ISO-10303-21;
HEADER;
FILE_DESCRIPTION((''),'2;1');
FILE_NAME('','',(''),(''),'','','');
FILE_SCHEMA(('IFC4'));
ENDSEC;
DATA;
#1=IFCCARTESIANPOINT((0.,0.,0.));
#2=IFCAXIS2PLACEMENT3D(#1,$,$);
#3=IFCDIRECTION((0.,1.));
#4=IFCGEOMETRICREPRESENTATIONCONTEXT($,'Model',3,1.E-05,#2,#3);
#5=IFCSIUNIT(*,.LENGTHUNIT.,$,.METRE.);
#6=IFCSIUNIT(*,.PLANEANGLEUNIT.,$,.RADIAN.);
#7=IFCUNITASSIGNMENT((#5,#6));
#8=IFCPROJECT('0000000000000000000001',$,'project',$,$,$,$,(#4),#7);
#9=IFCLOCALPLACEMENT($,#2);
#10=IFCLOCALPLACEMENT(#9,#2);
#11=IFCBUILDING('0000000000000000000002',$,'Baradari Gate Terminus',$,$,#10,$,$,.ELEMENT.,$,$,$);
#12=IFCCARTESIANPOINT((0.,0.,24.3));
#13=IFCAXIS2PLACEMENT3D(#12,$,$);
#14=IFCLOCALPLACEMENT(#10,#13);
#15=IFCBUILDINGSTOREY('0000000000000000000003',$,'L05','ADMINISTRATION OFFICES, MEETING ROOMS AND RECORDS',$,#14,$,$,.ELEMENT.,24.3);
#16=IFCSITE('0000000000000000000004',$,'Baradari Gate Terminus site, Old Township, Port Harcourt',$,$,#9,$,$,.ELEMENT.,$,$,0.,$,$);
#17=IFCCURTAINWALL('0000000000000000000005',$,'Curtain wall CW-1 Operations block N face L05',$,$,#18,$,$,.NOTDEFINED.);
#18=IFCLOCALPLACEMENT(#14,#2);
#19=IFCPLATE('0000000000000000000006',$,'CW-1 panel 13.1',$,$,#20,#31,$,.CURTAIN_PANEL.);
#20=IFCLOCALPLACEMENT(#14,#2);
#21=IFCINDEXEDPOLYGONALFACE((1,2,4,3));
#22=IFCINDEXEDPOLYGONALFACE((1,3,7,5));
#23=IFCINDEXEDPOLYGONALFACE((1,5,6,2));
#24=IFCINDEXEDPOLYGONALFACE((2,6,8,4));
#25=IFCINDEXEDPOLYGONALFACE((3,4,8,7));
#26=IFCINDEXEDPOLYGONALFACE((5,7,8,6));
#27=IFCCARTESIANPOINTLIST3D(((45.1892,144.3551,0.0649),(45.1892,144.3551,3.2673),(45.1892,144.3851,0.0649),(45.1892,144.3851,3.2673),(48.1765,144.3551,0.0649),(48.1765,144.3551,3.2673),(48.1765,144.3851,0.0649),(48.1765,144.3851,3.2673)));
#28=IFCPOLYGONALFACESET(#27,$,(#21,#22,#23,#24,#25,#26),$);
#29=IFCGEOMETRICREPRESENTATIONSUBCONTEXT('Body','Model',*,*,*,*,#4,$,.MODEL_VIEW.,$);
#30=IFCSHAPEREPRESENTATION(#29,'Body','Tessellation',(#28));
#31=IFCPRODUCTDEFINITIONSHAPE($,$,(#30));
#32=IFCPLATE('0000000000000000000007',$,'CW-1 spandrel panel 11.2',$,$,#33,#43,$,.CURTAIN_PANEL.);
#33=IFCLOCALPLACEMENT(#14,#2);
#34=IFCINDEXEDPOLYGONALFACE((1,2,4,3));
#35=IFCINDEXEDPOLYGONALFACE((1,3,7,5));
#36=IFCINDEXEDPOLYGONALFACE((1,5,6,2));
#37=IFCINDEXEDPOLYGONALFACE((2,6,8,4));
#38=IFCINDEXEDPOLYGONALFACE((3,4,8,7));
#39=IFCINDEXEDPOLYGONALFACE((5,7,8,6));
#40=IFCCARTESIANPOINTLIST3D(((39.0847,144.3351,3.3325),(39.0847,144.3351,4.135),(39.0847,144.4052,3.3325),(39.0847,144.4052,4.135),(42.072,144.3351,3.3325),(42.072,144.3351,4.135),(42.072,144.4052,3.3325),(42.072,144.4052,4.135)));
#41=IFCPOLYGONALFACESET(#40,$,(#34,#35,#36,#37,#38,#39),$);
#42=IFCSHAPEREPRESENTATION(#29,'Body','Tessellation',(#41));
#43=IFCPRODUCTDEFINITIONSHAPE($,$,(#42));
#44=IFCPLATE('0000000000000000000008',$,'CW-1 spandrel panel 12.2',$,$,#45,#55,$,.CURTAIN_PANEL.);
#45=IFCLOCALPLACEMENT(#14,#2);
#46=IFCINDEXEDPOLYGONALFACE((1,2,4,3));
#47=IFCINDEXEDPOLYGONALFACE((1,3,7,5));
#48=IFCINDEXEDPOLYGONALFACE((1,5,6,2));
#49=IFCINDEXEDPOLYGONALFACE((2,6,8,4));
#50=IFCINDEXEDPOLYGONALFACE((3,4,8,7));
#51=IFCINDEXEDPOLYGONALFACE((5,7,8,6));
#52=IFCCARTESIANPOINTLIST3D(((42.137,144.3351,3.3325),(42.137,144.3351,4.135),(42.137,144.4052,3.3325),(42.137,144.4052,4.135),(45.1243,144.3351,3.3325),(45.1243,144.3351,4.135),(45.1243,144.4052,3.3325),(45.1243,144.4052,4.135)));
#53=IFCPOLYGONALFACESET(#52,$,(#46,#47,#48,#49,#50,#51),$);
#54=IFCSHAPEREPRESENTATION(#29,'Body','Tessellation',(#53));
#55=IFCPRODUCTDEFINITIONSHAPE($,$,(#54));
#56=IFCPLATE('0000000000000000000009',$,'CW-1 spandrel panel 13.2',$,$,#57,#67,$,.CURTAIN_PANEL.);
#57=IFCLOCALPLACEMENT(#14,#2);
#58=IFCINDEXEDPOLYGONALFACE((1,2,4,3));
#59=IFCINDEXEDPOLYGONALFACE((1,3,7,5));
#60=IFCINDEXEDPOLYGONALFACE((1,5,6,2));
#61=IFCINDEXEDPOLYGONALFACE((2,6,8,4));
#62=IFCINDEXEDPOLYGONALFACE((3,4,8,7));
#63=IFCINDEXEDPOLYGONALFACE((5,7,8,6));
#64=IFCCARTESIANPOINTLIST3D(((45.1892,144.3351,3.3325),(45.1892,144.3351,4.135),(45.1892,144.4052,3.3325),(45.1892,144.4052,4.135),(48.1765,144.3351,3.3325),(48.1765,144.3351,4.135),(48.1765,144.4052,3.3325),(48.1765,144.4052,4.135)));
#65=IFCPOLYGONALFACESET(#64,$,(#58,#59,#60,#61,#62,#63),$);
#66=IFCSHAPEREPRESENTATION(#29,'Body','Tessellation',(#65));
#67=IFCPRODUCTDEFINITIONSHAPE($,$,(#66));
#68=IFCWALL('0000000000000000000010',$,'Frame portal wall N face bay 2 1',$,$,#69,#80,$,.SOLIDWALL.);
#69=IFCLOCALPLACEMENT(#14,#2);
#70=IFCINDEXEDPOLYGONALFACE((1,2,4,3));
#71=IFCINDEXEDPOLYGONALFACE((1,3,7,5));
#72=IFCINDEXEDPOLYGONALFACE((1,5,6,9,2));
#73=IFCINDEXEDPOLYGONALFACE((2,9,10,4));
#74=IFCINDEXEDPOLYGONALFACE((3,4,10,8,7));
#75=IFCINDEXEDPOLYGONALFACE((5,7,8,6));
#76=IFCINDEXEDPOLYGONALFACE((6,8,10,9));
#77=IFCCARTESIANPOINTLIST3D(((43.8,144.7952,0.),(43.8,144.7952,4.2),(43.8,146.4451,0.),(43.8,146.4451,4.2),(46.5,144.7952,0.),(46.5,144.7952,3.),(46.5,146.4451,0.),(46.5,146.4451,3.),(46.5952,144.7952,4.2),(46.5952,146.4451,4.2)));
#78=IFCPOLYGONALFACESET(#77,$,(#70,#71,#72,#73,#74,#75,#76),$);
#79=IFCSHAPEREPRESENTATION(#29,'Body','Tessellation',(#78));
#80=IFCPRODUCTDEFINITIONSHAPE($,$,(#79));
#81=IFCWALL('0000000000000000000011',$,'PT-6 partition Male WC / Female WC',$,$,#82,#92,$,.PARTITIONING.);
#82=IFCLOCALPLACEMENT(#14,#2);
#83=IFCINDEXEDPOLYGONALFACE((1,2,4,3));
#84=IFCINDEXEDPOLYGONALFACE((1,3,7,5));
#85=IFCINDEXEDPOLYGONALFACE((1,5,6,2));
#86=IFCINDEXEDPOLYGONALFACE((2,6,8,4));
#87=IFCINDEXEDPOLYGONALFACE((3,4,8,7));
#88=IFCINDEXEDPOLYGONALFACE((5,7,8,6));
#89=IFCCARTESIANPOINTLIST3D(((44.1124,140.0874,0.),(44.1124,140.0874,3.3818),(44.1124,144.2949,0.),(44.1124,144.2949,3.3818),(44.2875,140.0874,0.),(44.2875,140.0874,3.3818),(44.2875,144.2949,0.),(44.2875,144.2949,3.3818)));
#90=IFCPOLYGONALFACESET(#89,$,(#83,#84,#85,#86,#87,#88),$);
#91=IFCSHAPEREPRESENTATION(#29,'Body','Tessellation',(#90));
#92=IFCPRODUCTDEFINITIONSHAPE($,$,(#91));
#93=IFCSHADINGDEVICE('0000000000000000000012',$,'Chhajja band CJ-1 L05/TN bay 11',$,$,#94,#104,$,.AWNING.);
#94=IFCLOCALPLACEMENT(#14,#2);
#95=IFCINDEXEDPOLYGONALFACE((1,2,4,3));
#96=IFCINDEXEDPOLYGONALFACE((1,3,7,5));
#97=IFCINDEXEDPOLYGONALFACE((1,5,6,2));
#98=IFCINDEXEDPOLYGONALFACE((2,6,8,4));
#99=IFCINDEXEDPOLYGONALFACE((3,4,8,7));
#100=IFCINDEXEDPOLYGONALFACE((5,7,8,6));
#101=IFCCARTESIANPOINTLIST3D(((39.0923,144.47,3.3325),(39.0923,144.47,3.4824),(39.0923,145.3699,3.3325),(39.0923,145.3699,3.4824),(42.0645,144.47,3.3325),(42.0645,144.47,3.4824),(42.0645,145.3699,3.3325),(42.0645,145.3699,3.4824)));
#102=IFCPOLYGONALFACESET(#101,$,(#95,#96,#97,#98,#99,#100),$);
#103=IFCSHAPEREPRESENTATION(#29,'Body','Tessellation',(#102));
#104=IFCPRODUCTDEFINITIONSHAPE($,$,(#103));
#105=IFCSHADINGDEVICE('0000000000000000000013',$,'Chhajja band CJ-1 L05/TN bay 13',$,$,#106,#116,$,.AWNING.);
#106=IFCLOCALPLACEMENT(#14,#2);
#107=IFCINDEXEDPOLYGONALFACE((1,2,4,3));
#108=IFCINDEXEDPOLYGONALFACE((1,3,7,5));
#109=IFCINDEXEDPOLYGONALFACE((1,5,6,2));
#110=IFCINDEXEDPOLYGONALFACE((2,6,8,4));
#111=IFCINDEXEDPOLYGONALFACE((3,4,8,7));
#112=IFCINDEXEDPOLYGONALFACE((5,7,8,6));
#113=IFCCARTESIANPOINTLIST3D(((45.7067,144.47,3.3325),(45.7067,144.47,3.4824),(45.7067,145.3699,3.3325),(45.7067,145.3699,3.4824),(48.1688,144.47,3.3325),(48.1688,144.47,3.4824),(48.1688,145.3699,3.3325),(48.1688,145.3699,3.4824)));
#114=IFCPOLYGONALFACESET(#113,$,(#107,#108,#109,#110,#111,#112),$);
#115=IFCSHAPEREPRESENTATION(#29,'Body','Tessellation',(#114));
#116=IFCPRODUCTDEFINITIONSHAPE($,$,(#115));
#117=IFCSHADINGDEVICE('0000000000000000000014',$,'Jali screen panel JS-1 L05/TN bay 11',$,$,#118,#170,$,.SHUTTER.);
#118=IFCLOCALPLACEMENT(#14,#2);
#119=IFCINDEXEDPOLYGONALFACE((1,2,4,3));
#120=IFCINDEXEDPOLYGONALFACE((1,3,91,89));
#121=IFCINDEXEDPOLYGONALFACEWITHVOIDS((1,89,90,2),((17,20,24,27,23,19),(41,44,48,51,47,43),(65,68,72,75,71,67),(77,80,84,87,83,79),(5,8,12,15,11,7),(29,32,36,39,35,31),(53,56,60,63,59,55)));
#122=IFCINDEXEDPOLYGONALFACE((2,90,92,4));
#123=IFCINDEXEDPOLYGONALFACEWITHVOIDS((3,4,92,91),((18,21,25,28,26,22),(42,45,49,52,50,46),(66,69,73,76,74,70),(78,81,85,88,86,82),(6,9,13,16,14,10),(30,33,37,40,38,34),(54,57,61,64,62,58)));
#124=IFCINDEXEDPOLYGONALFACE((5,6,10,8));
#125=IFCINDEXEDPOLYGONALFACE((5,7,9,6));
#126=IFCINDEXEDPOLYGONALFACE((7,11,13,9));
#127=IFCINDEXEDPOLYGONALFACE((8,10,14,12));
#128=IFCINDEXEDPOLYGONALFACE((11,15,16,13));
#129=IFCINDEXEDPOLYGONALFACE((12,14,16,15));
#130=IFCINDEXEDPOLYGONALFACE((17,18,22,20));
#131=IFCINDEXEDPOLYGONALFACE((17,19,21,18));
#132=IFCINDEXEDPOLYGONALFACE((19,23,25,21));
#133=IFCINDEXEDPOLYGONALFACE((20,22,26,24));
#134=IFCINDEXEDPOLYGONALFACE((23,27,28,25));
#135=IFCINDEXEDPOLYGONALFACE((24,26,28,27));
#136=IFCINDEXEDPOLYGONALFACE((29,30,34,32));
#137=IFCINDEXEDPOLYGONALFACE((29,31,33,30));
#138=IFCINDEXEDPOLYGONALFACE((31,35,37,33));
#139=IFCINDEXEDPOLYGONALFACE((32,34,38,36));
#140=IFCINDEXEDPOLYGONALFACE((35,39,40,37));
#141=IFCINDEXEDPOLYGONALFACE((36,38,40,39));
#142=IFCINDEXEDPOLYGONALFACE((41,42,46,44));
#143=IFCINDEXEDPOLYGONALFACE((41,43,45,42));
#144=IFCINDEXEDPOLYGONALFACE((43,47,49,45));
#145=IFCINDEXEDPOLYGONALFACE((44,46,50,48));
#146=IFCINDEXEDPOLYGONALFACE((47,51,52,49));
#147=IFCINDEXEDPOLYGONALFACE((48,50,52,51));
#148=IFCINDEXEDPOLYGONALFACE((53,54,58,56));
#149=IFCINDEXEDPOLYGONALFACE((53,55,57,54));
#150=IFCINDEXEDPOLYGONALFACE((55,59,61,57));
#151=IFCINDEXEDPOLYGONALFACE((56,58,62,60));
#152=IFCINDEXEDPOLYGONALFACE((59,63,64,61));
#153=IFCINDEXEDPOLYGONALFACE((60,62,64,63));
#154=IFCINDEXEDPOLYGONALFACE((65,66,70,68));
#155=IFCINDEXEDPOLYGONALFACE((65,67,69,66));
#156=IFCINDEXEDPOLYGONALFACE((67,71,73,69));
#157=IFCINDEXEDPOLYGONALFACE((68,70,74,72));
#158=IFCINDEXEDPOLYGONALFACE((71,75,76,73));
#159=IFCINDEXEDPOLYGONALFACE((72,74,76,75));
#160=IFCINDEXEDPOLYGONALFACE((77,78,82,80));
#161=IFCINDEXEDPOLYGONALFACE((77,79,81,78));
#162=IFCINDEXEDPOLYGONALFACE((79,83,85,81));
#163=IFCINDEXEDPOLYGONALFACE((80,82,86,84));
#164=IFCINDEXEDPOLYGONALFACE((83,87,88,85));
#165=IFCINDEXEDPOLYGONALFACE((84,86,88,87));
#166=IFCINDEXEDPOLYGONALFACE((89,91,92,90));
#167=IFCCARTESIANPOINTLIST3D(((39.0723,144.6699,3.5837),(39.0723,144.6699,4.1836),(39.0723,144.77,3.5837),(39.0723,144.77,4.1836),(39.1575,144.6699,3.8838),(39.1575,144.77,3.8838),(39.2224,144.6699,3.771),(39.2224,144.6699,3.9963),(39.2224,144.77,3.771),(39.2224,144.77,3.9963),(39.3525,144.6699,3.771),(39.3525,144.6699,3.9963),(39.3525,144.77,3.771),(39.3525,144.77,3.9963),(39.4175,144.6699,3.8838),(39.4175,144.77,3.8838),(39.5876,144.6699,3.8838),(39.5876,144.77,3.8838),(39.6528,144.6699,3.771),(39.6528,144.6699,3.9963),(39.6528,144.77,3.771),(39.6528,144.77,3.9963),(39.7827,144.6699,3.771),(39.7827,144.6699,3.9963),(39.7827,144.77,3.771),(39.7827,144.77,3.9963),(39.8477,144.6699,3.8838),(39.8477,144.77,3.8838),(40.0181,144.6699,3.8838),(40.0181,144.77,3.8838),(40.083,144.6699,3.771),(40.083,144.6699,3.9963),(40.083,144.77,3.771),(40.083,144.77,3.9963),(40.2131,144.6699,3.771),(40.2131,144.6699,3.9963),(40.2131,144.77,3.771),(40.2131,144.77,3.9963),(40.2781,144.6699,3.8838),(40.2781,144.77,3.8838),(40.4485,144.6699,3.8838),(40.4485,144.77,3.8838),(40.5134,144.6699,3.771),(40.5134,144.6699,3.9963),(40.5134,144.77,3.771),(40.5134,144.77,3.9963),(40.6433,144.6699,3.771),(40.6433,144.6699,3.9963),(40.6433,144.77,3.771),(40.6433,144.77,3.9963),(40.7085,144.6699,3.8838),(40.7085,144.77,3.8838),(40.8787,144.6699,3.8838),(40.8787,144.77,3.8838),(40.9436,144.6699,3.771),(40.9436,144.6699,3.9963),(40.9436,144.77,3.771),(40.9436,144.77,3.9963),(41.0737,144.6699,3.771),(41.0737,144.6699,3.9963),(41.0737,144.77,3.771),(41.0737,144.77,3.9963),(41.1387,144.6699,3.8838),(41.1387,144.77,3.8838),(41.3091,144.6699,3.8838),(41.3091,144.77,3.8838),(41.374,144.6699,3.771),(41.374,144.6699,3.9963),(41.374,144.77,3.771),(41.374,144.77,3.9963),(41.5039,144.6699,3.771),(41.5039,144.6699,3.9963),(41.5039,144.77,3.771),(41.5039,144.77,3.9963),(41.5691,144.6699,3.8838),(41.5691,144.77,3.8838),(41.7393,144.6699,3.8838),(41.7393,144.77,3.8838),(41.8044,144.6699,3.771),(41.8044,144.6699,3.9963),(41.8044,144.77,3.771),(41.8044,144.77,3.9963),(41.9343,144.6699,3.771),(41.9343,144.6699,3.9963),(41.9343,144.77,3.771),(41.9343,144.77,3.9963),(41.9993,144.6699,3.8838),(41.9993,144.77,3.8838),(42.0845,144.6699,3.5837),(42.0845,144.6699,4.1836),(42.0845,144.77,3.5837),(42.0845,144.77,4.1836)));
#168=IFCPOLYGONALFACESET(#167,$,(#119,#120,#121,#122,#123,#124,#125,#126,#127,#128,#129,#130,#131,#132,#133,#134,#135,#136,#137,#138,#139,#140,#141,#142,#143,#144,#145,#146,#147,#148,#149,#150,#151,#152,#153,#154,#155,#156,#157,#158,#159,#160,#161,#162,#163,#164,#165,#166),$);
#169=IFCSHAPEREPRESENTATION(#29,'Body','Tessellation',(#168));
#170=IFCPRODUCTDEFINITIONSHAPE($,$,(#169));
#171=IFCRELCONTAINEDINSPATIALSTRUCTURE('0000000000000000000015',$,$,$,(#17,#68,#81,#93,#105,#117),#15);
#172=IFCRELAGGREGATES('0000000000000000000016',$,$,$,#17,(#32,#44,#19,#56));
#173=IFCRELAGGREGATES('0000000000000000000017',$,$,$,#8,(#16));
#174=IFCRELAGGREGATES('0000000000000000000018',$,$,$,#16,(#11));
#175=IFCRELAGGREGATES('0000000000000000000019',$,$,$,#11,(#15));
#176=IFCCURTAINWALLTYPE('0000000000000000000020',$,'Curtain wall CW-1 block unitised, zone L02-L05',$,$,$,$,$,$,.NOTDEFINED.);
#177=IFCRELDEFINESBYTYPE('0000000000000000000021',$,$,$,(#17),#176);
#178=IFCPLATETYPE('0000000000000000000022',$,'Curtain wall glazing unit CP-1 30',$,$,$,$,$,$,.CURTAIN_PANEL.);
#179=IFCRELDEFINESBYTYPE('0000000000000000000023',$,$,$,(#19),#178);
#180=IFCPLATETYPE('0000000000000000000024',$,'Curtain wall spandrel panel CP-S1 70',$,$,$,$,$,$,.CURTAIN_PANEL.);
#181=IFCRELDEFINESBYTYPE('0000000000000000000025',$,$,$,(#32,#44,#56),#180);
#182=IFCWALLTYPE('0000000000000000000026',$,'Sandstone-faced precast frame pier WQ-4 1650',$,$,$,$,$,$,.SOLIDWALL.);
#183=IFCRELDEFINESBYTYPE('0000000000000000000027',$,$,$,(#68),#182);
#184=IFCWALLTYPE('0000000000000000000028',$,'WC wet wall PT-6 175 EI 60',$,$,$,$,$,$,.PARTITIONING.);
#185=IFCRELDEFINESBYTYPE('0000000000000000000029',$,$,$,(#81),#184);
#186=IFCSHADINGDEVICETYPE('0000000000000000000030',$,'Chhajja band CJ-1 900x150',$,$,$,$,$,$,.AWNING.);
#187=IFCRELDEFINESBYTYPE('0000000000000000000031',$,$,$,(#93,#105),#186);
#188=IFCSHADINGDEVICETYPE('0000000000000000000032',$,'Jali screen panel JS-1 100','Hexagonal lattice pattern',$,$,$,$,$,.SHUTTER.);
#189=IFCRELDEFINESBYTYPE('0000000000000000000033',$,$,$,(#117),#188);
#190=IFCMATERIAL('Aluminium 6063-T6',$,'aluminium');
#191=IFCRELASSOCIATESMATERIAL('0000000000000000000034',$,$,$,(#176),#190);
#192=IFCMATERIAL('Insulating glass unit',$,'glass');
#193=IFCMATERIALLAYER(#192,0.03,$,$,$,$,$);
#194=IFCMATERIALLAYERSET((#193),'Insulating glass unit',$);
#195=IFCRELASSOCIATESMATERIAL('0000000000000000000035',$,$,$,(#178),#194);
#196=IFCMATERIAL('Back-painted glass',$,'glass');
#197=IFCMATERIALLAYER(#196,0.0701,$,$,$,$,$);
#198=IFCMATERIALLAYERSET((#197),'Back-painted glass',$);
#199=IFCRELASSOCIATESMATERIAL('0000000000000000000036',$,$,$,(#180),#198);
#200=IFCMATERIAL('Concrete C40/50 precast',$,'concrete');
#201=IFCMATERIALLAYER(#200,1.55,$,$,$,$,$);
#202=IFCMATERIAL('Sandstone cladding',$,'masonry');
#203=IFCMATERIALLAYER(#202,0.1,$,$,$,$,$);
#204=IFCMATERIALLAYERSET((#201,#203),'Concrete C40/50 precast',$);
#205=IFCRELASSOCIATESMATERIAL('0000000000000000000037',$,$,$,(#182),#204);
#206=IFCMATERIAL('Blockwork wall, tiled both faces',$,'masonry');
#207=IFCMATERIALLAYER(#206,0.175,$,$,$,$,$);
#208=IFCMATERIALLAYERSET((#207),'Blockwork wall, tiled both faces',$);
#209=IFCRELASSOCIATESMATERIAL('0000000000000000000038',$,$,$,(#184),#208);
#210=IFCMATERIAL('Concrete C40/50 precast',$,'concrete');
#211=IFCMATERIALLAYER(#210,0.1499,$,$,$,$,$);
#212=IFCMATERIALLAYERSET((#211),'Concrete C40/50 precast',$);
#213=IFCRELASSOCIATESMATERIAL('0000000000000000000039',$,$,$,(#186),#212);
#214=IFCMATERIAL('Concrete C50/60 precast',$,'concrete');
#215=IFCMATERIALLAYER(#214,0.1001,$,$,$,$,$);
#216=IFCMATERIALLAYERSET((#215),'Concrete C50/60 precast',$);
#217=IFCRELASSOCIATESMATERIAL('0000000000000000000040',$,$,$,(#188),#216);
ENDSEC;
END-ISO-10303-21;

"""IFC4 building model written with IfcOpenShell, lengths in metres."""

from ifc_helpers import new_model, si_unit, direction, frame, frame_2d, origin, origin_2d, place, context, subcontext, project, spatial, polyline, rectangle, outline, extrude, material, layer, layer_set, type_object, element, aggregate, save


model = new_model("IFC4")

# Units and contexts
model_context = context("Model", 3, precision=1e-05, world=origin(), true_north=direction((0.0, 1.0)))
body_context = subcontext(model_context, "Body", "Model", "MODEL_VIEW")
ifc_project = project(units=[si_unit("LENGTHUNIT", "METRE"), si_unit("PLANEANGLEUNIT", "RADIAN")], contexts=[model_context])

# Site, building, storey
site_placement = place(None, origin())
site = spatial("IfcSite", under=ifc_project, at=site_placement, Name="Baradari Gate Terminus site, Old Township, Port Harcourt", CompositionType="ELEMENT", RefElevation=0.0)
building_placement = place(site_placement, origin())
building = spatial("IfcBuilding", under=site, at=building_placement, Name="Baradari Gate Terminus", CompositionType="ELEMENT")
storey_placement = place(building_placement, frame((0.0, 0.0, 24.3)))
storey = spatial("IfcBuildingStorey", under=building, at=storey_placement, Name="L05", Description="ADMINISTRATION OFFICES, MEETING ROOMS AND RECORDS", CompositionType="ELEMENT", Elevation=24.3)

# Curtain wall, plates
ifc_material_1 = material(Name="Aluminium 6063-T6", Category="aluminium")
curtain_wall_type = type_object("IfcCurtainWallType", Name="Curtain wall CW-1 block unitised, zone L02-L05", PredefinedType="NOTDEFINED", material=ifc_material_1)
curtain_wall_placement = place(storey_placement, origin())
curtain_wall = element("IfcCurtainWall", 1, at=curtain_wall_placement, inside=storey, type_object=curtain_wall_type, Name="Curtain wall CW-1 Operations block N face L05", PredefinedType="NOTDEFINED")
ifc_material_2 = material(Name="Insulating glass unit", Category="glass")
ifc_layer_1 = layer(ifc_material_2, 0.03)
ifc_layer_set_1 = layer_set([ifc_layer_1], Name="Insulating glass unit")
plate_type_1 = type_object("IfcPlateType", Name="Curtain wall glazing unit CP-1 30", PredefinedType="CURTAIN_PANEL", material=ifc_layer_set_1)
plate_1_placement = place(storey_placement, frame((46.6829, 144.3701, 0.0649), z_axis=(0.0, 0.0, 1.0), x_axis=(1.0, 0.0, 0.0)))
plate_1 = element("IfcPlate", 2, at=plate_1_placement, type_object=plate_type_1, Name="CW-1 panel 13.1", PredefinedType="CURTAIN_PANEL", context=body_context, shape_type="SweptSolid", body=[
    extrude(rectangle(XDim=2.9873, YDim=0.03, at=origin_2d()), origin(), (0.0, 0.0, 1.0), 3.2024),
])
ifc_material_3 = material(Name="Back-painted glass", Category="glass")
ifc_layer_2 = layer(ifc_material_3, 0.0701)
ifc_layer_set_2 = layer_set([ifc_layer_2], Name="Back-painted glass")
plate_type_2 = type_object("IfcPlateType", Name="Curtain wall spandrel panel CP-S1 70", PredefinedType="CURTAIN_PANEL", material=ifc_layer_set_2)
plate_2_placement = place(storey_placement, frame((40.5784, 144.3701, 3.3325), z_axis=(0.0, 0.0, 1.0), x_axis=(1.0, 0.0, 0.0)))
plate_2 = element("IfcPlate", 3, at=plate_2_placement, type_object=plate_type_2, Name="CW-1 spandrel panel 11.2", PredefinedType="CURTAIN_PANEL", context=body_context, shape_type="SweptSolid", body=[
    extrude(rectangle(XDim=2.9873, YDim=0.0701, at=origin_2d()), origin(), (0.0, 0.0, 1.0), 0.8025),
])
plate_3_placement = place(storey_placement, frame((43.6306, 144.3701, 3.3325), z_axis=(0.0, 0.0, 1.0), x_axis=(1.0, 0.0, 0.0)))
plate_3 = element("IfcPlate", 4, at=plate_3_placement, type_object=plate_type_2, Name="CW-1 spandrel panel 12.2", PredefinedType="CURTAIN_PANEL", context=body_context, shape_type="SweptSolid", body=[
    extrude(rectangle(XDim=2.9873, YDim=0.0701, at=origin_2d()), origin(), (0.0, 0.0, 1.0), 0.8025),
])
plate_4_placement = place(storey_placement, frame((46.6829, 144.3701, 3.3325), z_axis=(0.0, 0.0, 1.0), x_axis=(1.0, 0.0, 0.0)))
plate_4 = element("IfcPlate", 5, at=plate_4_placement, type_object=plate_type_2, Name="CW-1 spandrel panel 13.2", PredefinedType="CURTAIN_PANEL", context=body_context, shape_type="SweptSolid", body=[
    extrude(rectangle(XDim=2.9873, YDim=0.0701, at=origin_2d()), origin(), (0.0, 0.0, 1.0), 0.8025),
])
aggregate(curtain_wall, [plate_2, plate_3, plate_1, plate_4])

# Walls
ifc_material_4 = material(Name="Concrete C40/50 precast", Category="concrete")
ifc_layer_3 = layer(ifc_material_4, 1.55)
ifc_material_5 = material(Name="Sandstone cladding", Category="masonry")
ifc_layer_4 = layer(ifc_material_5, 0.1)
ifc_layer_set_3 = layer_set([ifc_layer_3, ifc_layer_4], Name="Concrete C40/50 precast")
wall_type_1 = type_object("IfcWallType", Name="Sandstone-faced precast frame pier WQ-4 1650", PredefinedType="SOLIDWALL", material=ifc_layer_set_3)
wall_1_placement = place(storey_placement, frame((43.8, 145.6201, 0.0), z_axis=(0.0, 0.0, 1.0), x_axis=(1.0, 0.0, 0.0)))
element("IfcWall", 6, at=wall_1_placement, inside=storey, type_object=wall_type_1, Name="Frame portal wall N face bay 2 1", PredefinedType="SOLIDWALL", context=body_context, shape_type="SweptSolid", body=[
    extrude(outline(polyline([(2.7, 0.0), (2.7, 3.0), (2.7952, 4.2), (0.0, 4.2), (0.0, 0.0), (2.7, 0.0)])), frame((0.0, 0.825, 0.0), z_axis=(0.0, -1.0, 0.0), x_axis=(1.0, 0.0, 0.0)), (0.0, 0.0, 1.0), 1.6499),
])
ifc_material_6 = material(Name="Blockwork wall, tiled both faces", Category="masonry")
ifc_layer_5 = layer(ifc_material_6, 0.175)
ifc_layer_set_4 = layer_set([ifc_layer_5], Name="Blockwork wall, tiled both faces")
wall_type_2 = type_object("IfcWallType", Name="WC wet wall PT-6 175 EI 60", PredefinedType="PARTITIONING", material=ifc_layer_set_4)
wall_2_placement = place(storey_placement, frame((44.2, 144.2949, 0.0), z_axis=(0.0, 0.0, 1.0), x_axis=(0.0, -1.0, 0.0)))
element("IfcWall", 7, at=wall_2_placement, inside=storey, type_object=wall_type_2, Name="PT-6 partition Male WC / Female WC", PredefinedType="PARTITIONING", context=body_context, shape_type="SweptSolid", body=[
    extrude(rectangle(XDim=4.2075, YDim=0.175, at=frame_2d((2.1038, 0.0))), origin(), (0.0, 0.0, 1.0), 3.3818),
])

# Shading devices
ifc_material_7 = material(Name="Concrete C40/50 precast", Category="concrete")
ifc_layer_6 = layer(ifc_material_7, 0.1499)
ifc_layer_set_5 = layer_set([ifc_layer_6], Name="Concrete C40/50 precast")
shading_device_type_1 = type_object("IfcShadingDeviceType", Name="Chhajja band CJ-1 900x150", PredefinedType="AWNING", material=ifc_layer_set_5)
shading_device_1_placement = place(storey_placement, frame((40.5784, 144.9199, 3.3325), z_axis=(0.0, 0.0, 1.0), x_axis=(1.0, 0.0, 0.0)))
element("IfcShadingDevice", 8, at=shading_device_1_placement, inside=storey, type_object=shading_device_type_1, Name="Chhajja band CJ-1 L05/TN bay 11", PredefinedType="AWNING", context=body_context, shape_type="SweptSolid", body=[
    extrude(rectangle(XDim=2.9722, YDim=0.8999, at=origin_2d()), origin(), (0.0, 0.0, 1.0), 0.1499),
])
shading_device_2_placement = place(storey_placement, frame((46.9377, 144.9199, 3.3325), z_axis=(0.0, 0.0, 1.0), x_axis=(1.0, 0.0, 0.0)))
element("IfcShadingDevice", 9, at=shading_device_2_placement, inside=storey, type_object=shading_device_type_1, Name="Chhajja band CJ-1 L05/TN bay 13", PredefinedType="AWNING", context=body_context, shape_type="SweptSolid", body=[
    extrude(rectangle(XDim=2.4622, YDim=0.8999, at=origin_2d()), origin(), (0.0, 0.0, 1.0), 0.1499),
])
ifc_material_8 = material(Name="Concrete C50/60 precast", Category="concrete")
ifc_layer_7 = layer(ifc_material_8, 0.1001)
ifc_layer_set_6 = layer_set([ifc_layer_7], Name="Concrete C50/60 precast")
shading_device_type_2 = type_object("IfcShadingDeviceType", Name="Jali screen panel JS-1 100", Description="Hexagonal lattice pattern", PredefinedType="SHUTTER", material=ifc_layer_set_6)
shading_device_3_placement = place(storey_placement, frame((39.0723, 144.72, 3.5837), z_axis=(0.0, 0.0, 1.0), x_axis=(1.0, 0.0, 0.0)))
element("IfcShadingDevice", 10, at=shading_device_3_placement, inside=storey, type_object=shading_device_type_2, Name="Jali screen panel JS-1 L05/TN bay 11", PredefinedType="SHUTTER", context=body_context, shape_type="SweptSolid", body=[
    extrude(outline(polyline([(0.0, 0.0), (3.0122, 0.0), (3.0122, 0.5999), (0.0, 0.5999), (0.0, 0.0)]), holes=[polyline([(0.3452, 0.3), (0.2803, 0.1873), (0.1501, 0.1873), (0.0852, 0.3), (0.1501, 0.4126), (0.2803, 0.4126), (0.3452, 0.3)]), polyline([(0.7754, 0.3), (0.7104, 0.1873), (0.5806, 0.1873), (0.5154, 0.3), (0.5806, 0.4126), (0.7104, 0.4126), (0.7754, 0.3)]), polyline([(1.2058, 0.3), (1.1409, 0.1873), (1.0107, 0.1873), (0.9458, 0.3), (1.0107, 0.4126), (1.1409, 0.4126), (1.2058, 0.3)]), polyline([(1.6362, 0.3), (1.571, 0.1873), (1.4412, 0.1873), (1.3762, 0.3), (1.4412, 0.4126), (1.571, 0.4126), (1.6362, 0.3)]), polyline([(2.0664, 0.3), (2.0015, 0.1873), (1.8713, 0.1873), (1.8064, 0.3), (1.8713, 0.4126), (2.0015, 0.4126), (2.0664, 0.3)]), polyline([(2.4968, 0.3), (2.4316, 0.1873), (2.3018, 0.1873), (2.2368, 0.3), (2.3018, 0.4126), (2.4316, 0.4126), (2.4968, 0.3)]), polyline([(2.927, 0.3), (2.8621, 0.1873), (2.7322, 0.1873), (2.667, 0.3), (2.7322, 0.4126), (2.8621, 0.4126), (2.927, 0.3)])]), frame((0.0, 0.05, 0.0), z_axis=(0.0, -1.0, 0.0), x_axis=(1.0, 0.0, 0.0)), (0.0, 0.0, 1.0), 0.1001),
])

save(model, "model.ifc")
